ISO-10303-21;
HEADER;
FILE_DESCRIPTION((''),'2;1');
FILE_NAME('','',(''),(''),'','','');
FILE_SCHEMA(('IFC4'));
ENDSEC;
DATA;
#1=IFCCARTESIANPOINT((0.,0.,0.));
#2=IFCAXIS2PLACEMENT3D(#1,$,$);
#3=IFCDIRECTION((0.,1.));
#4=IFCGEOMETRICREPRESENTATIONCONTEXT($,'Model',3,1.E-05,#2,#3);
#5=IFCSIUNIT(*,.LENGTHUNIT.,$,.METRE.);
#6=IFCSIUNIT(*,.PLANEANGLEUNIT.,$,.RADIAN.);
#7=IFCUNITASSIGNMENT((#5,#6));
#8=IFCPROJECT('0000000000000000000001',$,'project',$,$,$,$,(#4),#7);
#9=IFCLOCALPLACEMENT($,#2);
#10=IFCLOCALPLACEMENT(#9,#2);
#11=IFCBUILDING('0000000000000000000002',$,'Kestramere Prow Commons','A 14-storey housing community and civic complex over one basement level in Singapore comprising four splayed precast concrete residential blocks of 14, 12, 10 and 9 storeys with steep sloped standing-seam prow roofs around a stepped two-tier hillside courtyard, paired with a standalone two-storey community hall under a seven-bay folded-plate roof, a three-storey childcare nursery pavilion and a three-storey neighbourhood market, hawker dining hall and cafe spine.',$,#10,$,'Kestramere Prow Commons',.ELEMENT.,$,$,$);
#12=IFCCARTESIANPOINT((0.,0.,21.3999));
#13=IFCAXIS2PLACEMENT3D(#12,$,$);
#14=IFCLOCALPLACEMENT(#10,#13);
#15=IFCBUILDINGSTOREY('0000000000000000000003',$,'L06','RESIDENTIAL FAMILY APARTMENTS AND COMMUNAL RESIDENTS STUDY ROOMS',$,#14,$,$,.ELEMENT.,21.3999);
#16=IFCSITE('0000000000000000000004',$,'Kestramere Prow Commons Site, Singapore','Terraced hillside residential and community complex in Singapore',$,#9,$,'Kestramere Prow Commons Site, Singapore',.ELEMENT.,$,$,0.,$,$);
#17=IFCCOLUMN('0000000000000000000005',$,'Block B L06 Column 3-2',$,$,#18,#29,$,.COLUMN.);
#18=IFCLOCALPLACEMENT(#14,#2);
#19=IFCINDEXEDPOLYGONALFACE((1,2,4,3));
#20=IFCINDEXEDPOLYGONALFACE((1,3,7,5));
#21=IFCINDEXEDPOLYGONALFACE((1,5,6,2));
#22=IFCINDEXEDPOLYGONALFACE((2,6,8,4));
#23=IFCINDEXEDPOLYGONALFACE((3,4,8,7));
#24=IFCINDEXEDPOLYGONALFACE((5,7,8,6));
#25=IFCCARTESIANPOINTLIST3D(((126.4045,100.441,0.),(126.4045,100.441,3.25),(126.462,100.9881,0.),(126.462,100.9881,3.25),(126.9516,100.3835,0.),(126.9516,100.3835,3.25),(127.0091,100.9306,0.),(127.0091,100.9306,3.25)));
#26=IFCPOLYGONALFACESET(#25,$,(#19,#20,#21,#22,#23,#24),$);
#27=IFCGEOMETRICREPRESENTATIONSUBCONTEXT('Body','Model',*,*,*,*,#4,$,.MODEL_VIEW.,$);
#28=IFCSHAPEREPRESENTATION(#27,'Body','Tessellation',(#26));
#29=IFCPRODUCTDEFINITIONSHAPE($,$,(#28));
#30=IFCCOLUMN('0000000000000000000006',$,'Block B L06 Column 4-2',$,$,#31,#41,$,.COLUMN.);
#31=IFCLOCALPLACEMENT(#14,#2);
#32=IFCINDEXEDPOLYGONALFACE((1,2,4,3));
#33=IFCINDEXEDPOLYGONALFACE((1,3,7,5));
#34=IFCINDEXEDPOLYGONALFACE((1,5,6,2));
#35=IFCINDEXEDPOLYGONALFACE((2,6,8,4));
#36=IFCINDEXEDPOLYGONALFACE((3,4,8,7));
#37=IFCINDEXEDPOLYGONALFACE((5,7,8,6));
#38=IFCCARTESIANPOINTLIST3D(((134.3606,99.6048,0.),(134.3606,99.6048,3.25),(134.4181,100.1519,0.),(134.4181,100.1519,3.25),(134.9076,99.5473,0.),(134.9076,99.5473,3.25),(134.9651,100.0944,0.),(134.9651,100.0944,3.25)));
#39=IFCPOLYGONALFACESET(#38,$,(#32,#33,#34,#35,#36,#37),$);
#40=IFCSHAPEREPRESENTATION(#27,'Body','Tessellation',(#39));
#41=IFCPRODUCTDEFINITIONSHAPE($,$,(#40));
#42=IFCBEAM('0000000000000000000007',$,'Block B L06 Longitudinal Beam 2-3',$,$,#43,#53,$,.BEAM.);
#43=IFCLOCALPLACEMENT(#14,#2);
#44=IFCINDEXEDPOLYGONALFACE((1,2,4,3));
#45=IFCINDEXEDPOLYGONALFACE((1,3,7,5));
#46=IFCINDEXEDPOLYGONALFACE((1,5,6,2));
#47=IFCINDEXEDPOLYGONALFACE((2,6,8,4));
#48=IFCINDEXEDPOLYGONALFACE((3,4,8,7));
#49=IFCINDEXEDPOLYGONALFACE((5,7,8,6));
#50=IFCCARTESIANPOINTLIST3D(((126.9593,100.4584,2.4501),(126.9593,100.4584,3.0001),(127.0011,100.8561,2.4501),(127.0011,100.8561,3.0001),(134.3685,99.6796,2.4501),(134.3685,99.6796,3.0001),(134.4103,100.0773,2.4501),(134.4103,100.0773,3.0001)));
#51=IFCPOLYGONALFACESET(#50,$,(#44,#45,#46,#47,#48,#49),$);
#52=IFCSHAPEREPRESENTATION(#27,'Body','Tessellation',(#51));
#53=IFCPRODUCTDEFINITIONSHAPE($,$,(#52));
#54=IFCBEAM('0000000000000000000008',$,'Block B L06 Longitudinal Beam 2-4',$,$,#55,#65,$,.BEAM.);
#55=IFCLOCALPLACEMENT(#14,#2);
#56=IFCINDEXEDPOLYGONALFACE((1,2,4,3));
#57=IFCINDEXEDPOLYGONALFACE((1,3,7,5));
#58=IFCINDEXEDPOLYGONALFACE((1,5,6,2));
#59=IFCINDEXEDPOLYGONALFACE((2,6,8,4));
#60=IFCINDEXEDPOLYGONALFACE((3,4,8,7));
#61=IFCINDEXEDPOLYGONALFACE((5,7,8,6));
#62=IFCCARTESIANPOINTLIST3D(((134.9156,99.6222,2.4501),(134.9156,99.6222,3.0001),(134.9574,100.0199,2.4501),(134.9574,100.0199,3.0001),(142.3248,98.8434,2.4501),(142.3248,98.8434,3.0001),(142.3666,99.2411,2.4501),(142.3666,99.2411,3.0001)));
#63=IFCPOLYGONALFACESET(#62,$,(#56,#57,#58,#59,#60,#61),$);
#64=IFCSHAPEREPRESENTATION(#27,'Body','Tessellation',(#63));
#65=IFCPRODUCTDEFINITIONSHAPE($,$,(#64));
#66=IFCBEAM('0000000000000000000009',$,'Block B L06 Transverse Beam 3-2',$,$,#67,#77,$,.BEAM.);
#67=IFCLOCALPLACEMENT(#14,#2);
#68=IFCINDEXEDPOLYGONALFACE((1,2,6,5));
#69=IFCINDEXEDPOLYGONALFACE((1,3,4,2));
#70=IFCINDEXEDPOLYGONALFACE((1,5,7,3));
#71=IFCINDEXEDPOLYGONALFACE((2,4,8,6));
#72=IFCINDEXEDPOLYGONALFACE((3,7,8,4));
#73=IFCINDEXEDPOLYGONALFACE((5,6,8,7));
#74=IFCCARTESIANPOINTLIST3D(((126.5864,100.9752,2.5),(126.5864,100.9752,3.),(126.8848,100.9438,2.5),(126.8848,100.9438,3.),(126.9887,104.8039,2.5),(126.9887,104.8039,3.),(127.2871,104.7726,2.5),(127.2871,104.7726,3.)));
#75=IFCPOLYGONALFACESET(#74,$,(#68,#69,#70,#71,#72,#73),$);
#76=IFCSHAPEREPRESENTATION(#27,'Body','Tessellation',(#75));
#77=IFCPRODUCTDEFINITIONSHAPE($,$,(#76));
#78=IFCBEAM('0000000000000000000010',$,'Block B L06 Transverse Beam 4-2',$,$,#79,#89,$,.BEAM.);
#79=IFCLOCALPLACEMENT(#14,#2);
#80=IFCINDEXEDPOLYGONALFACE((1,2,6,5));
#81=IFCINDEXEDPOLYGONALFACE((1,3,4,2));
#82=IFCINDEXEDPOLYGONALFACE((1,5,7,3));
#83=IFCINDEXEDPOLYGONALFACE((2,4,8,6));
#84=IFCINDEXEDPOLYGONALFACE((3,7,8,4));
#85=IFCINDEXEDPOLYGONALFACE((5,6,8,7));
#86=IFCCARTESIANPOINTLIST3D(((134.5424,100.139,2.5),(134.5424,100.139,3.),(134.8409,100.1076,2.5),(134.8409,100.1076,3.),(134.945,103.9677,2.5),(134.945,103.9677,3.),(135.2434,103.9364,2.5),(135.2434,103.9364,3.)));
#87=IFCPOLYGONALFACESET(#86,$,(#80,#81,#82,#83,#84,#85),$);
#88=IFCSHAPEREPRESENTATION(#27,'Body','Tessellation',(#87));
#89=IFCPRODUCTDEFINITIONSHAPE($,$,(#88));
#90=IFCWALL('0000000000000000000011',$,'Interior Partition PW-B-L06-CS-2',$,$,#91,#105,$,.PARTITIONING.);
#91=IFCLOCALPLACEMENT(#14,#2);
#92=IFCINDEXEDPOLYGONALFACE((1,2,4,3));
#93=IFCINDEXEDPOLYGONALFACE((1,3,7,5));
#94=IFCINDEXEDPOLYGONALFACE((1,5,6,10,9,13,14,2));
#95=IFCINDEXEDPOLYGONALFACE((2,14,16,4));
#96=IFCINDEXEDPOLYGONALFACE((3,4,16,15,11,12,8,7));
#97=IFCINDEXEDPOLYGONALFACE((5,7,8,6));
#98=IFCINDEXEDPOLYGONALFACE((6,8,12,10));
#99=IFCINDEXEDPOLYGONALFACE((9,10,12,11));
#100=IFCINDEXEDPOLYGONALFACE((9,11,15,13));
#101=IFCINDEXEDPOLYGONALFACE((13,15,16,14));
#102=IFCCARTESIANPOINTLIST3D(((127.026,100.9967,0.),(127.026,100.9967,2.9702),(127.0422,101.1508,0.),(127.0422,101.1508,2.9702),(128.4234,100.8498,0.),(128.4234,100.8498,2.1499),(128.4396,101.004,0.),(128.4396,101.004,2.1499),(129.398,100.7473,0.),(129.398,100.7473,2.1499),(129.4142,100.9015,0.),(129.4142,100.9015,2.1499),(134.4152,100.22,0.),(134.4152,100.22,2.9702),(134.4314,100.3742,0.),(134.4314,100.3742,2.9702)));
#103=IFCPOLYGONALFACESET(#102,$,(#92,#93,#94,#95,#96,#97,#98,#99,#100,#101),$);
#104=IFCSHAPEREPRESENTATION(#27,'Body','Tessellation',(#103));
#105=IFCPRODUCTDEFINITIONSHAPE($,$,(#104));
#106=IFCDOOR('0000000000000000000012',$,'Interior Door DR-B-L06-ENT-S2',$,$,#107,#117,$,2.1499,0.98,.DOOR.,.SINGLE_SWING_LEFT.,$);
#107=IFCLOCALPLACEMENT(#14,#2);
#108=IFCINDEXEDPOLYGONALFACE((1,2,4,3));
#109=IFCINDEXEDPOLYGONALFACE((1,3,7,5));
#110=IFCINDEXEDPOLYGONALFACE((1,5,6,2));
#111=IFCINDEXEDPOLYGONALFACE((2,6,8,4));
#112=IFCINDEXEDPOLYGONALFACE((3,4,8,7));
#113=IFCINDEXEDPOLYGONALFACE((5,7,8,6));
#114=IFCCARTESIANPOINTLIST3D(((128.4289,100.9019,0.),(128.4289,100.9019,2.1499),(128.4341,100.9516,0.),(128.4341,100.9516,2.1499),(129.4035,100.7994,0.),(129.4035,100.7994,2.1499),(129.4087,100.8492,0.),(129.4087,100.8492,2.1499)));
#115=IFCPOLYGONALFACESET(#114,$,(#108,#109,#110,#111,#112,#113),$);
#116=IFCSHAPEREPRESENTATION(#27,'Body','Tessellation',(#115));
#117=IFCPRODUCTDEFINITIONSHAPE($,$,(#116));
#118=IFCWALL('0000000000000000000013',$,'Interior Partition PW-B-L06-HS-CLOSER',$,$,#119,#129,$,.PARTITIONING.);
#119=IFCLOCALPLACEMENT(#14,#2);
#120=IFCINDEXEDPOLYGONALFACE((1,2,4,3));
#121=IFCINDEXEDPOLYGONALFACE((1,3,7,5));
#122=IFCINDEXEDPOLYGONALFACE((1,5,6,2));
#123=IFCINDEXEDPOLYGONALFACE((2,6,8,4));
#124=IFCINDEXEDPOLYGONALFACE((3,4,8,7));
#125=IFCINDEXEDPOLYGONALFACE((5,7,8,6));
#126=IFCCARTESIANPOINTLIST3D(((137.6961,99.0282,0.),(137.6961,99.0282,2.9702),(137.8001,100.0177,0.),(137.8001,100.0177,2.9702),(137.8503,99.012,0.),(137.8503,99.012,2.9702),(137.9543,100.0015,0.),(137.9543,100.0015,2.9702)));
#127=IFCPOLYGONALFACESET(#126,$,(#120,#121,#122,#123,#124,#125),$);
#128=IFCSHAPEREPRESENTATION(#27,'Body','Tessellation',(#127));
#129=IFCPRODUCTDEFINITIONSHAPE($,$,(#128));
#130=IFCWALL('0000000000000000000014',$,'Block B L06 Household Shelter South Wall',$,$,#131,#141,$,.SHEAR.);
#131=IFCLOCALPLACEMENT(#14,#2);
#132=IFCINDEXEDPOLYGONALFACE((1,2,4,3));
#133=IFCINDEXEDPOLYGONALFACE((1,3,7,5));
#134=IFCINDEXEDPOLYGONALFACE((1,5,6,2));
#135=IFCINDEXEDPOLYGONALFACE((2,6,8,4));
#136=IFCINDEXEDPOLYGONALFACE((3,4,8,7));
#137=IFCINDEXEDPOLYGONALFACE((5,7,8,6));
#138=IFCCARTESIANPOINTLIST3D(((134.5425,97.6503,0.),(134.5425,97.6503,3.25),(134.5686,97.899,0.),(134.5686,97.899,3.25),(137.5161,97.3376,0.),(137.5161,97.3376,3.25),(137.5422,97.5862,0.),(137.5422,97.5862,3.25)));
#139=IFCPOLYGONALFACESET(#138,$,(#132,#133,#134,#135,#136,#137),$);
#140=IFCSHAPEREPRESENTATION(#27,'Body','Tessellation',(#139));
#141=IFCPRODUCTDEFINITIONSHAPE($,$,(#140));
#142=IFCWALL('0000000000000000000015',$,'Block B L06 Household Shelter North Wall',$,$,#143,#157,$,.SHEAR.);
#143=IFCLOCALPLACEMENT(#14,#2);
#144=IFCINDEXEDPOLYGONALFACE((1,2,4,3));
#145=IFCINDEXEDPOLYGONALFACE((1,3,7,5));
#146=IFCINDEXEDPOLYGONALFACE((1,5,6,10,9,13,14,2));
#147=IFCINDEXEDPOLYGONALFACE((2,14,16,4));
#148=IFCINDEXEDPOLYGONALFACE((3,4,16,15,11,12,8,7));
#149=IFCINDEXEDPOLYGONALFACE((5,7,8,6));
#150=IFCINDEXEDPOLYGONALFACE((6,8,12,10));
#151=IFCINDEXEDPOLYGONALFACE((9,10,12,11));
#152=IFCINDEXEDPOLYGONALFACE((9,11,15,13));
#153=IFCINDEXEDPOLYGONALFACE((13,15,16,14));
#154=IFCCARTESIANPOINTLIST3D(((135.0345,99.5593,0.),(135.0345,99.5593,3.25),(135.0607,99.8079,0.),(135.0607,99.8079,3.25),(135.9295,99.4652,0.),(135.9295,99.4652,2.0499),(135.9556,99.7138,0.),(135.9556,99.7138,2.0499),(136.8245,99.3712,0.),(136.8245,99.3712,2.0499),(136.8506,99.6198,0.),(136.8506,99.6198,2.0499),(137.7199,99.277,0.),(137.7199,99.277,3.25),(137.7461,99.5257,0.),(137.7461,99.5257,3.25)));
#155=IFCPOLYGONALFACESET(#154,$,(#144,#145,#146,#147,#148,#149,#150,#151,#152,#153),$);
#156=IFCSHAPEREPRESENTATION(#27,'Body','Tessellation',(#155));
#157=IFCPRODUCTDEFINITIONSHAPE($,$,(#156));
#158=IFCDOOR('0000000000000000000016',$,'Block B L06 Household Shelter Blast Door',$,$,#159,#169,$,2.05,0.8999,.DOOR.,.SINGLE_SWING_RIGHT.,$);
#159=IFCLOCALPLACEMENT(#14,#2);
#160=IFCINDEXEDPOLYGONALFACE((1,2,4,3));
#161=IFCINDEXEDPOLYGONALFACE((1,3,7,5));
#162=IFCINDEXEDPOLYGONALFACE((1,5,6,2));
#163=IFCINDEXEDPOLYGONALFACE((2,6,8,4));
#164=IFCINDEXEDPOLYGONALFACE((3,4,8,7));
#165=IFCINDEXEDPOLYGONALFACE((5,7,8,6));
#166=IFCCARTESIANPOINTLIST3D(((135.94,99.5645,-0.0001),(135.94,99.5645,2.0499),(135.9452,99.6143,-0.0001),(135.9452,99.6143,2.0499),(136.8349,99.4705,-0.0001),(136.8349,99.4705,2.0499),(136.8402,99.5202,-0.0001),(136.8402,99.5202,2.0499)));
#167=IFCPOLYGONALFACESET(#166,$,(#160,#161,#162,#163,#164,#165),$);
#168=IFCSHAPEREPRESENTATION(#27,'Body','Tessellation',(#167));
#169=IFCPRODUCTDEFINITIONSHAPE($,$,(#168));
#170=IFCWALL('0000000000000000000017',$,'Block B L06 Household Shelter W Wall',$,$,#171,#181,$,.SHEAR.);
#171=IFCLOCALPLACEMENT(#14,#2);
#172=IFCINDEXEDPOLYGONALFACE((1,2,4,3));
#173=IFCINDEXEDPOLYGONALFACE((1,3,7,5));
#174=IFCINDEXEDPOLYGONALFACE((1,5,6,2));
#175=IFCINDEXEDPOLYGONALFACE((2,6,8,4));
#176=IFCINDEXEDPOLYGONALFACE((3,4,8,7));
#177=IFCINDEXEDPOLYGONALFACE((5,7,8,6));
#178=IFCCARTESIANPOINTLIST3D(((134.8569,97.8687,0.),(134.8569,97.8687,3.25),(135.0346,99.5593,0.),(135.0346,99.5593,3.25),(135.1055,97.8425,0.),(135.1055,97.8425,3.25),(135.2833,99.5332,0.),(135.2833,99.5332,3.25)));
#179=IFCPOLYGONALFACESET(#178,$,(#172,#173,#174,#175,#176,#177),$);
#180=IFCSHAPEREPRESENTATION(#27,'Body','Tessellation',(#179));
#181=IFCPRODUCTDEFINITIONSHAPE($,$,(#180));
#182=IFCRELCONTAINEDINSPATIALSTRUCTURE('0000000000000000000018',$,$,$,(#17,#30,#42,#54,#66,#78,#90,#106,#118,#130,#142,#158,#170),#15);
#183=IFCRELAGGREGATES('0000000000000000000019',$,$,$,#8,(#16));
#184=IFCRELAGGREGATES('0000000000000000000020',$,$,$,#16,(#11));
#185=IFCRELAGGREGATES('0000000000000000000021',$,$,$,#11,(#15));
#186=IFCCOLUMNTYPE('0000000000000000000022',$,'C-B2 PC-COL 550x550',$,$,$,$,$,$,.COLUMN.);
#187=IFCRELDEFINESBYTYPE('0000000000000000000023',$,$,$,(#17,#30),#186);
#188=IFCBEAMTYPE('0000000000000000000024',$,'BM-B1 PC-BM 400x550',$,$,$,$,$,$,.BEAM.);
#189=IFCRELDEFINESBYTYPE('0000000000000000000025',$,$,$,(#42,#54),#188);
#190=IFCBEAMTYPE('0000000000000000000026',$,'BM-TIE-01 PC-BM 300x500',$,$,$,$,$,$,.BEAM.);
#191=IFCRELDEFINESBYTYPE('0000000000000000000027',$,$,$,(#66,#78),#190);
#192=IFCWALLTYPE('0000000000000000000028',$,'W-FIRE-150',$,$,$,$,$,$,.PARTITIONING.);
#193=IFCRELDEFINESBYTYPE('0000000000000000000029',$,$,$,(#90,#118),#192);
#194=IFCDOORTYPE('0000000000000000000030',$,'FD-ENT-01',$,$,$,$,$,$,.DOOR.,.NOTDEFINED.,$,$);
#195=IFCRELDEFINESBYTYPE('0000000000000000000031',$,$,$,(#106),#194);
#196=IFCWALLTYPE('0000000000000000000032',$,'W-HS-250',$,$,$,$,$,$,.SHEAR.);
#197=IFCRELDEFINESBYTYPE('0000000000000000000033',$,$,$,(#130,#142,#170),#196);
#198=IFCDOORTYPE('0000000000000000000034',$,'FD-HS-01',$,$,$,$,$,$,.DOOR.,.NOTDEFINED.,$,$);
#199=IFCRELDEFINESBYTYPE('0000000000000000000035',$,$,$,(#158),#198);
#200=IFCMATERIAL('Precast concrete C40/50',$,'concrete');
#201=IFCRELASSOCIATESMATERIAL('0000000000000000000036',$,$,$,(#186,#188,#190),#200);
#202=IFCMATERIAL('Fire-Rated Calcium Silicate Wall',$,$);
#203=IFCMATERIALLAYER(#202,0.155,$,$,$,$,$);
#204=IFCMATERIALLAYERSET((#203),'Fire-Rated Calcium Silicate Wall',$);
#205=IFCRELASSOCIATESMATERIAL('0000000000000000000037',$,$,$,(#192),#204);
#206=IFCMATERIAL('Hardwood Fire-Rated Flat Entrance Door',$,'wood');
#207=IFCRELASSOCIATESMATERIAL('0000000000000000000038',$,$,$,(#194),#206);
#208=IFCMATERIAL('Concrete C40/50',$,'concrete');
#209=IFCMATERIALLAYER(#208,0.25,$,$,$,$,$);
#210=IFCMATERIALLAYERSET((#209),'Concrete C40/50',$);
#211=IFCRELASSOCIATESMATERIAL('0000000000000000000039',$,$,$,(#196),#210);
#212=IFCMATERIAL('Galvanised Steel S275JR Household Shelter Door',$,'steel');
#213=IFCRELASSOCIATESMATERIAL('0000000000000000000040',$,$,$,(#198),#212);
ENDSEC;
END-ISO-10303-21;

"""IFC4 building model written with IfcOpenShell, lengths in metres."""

from ifc_helpers import new_model, si_unit, direction, frame, frame_2d, origin, origin_2d, place, context, subcontext, project, spatial, rectangle, extrude, material, layer, layer_set, material_profile, profile_set, type_object, element, fill, save


model = new_model("IFC4")

# Units and contexts
model_context = context("Model", 3, precision=1e-05, world=origin(), true_north=direction((0.0, 1.0)))
body_context = subcontext(model_context, "Body", "Model", "MODEL_VIEW")
ifc_project = project(units=[si_unit("LENGTHUNIT", "METRE"), si_unit("PLANEANGLEUNIT", "RADIAN")], contexts=[model_context])

# Site, building, storey
site_placement = place(None, origin())
site = spatial("IfcSite", under=ifc_project, at=site_placement, Name="Kestramere Prow Commons Site, Singapore", Description="Terraced hillside residential and community complex in Singapore", LongName="Kestramere Prow Commons Site, Singapore", CompositionType="ELEMENT", RefElevation=0.0)
building_placement = place(site_placement, origin())
building = spatial("IfcBuilding", under=site, at=building_placement, Name="Kestramere Prow Commons", Description="A 14-storey housing community and civic complex over one basement level in Singapore comprising four splayed precast concrete residential blocks of 14, 12, 10 and 9 storeys with steep sloped standing-seam prow roofs around a stepped two-tier hillside courtyard, paired with a standalone two-storey community hall under a seven-bay folded-plate roof, a three-storey childcare nursery pavilion and a three-storey neighbourhood market, hawker dining hall and cafe spine.", LongName="Kestramere Prow Commons", CompositionType="ELEMENT")
storey_placement = place(building_placement, frame((0.0, 0.0, 21.3999)))
storey = spatial("IfcBuildingStorey", under=building, at=storey_placement, Name="L06", Description="RESIDENTIAL FAMILY APARTMENTS AND COMMUNAL RESIDENTS STUDY ROOMS", CompositionType="ELEMENT", Elevation=21.3999)

# Columns
ifc_material_1 = material(Name="Precast concrete C40/50", Category="concrete")
ifc_material_profile_1 = material_profile(ifc_material_1, rectangle(XDim=0.55, YDim=0.55, at=origin_2d()), Name="PC-COL 550x550")
ifc_profile_set_1 = profile_set([ifc_material_profile_1], Name="Precast concrete C40/50")
column_type = type_object("IfcColumnType", Name="C-B2 PC-COL 550x550", PredefinedType="COLUMN", material=ifc_profile_set_1)
for number, where, z_axis, x_axis, name in (
    (1, (126.7068, 100.6858, 0.0), (0.0, 0.0, 1.0), (0.994522, -0.104528, 0.0), "Block B L06 Column 3-2"),
    (2, (134.6628, 99.8496, 0.0), (0.0, 0.0, 1.0), (0.994522, -0.104528, 0.0), "Block B L06 Column 4-2"),
):
    element("IfcColumn", number, at=place(storey_placement, frame(where, z_axis=z_axis, x_axis=x_axis)), inside=storey, type_object=column_type, Name=name, PredefinedType="COLUMN", context=body_context, shape_type="SweptSolid", body=[
        extrude(rectangle(XDim=0.55, YDim=0.55, at=origin_2d()), origin(), (0.0, 0.0, 1.0), 3.25),
    ])

# Beams
ifc_material_profile_2 = material_profile(ifc_material_1, rectangle(XDim=0.3999, YDim=0.55, at=origin_2d()), Name="PC-BM 400x550")
ifc_profile_set_2 = profile_set([ifc_material_profile_2], Name="Precast concrete C40/50")
beam_type_1 = type_object("IfcBeamType", Name="BM-B1 PC-BM 400x550", PredefinedType="BEAM", material=ifc_profile_set_2)
for number, where, z_axis, x_axis, name in (
    (3, (126.9802, 100.6572, 2.7251), (0.994521, -0.104538, 0.0), (0.104538, 0.994521, 0.0), "Block B L06 Longitudinal Beam 2-3"),
    (4, (134.9365, 99.821, 2.7251), (0.994521, -0.104538, 0.0), (0.104538, 0.994521, 0.0), "Block B L06 Longitudinal Beam 2-4"),
):
    element("IfcBeam", number, at=place(storey_placement, frame(where, z_axis=z_axis, x_axis=x_axis)), inside=storey, type_object=beam_type_1, Name=name, PredefinedType="BEAM", context=body_context, shape_type="SweptSolid", body=[
        extrude(rectangle(XDim=0.3999, YDim=0.55, at=origin_2d()), origin(), (0.0, 0.0, 1.0), 7.45),
    ])
ifc_material_profile_3 = material_profile(ifc_material_1, rectangle(XDim=0.3, YDim=0.5, at=origin_2d()), Name="PC-BM 300x500")
ifc_profile_set_3 = profile_set([ifc_material_profile_3], Name="Precast concrete C40/50")
beam_type_2 = type_object("IfcBeamType", Name="BM-TIE-01 PC-BM 300x500", PredefinedType="BEAM", material=ifc_profile_set_3)
for number, where, z_axis, x_axis, name in (
    (5, (126.7356, 100.9595, 2.75), (0.104507, 0.994524, 0.0), (-0.994524, 0.104507, 0.0), "Block B L06 Transverse Beam 3-2"),
    (6, (134.6917, 100.1233, 2.75), (0.104569, 0.994518, 0.0), (-0.994518, 0.104569, 0.0), "Block B L06 Transverse Beam 4-2"),
):
    element("IfcBeam", number, at=place(storey_placement, frame(where, z_axis=z_axis, x_axis=x_axis)), inside=storey, type_object=beam_type_2, Name=name, PredefinedType="BEAM", context=body_context, shape_type="SweptSolid", body=[
        extrude(rectangle(XDim=0.3, YDim=0.5, at=origin_2d()), origin(), (0.0, 0.0, 1.0), 3.8499),
    ])

# Wall, opening, door
ifc_material_2 = material(Name="Fire-Rated Calcium Silicate Wall")
ifc_layer_1 = layer(ifc_material_2, 0.155)
ifc_layer_set_1 = layer_set([ifc_layer_1], Name="Fire-Rated Calcium Silicate Wall")
wall_type_1 = type_object("IfcWallType", Name="W-FIRE-150", PredefinedType="PARTITIONING", material=ifc_layer_set_1)
wall_1_placement = place(storey_placement, frame((127.0342, 101.0737, 0.0), z_axis=(0.0, 0.0, 1.0), x_axis=(0.994522, -0.104526, 0.0)))
wall_1 = element("IfcWall", 7, at=wall_1_placement, inside=storey, type_object=wall_type_1, Name="Interior Partition PW-B-L06-CS-2", PredefinedType="PARTITIONING", context=body_context, shape_type="SweptSolid", body=[
    extrude(rectangle(XDim=7.4299, YDim=0.155, at=frame_2d((3.7148, 0.0))), origin(), (0.0, 0.0, 1.0), 2.9702),
])
opening_1_placement = place(wall_1_placement, frame((1.405, 0.0, 0.0)))
opening_1 = element("IfcOpeningElement", 8, at=opening_1_placement, cuts=wall_1, PredefinedType="OPENING", context=body_context, shape_type="SweptSolid", body=[
    extrude(rectangle(XDim=0.98, YDim=2.1499, at=frame_2d((0.49, 1.075))), frame((0.0, 0.0925, 0.0), z_axis=(0.0, -1.0, 0.0), x_axis=(1.0, 0.0, 0.0)), (0.0, 0.0, 1.0), 0.1851),
])
ifc_material_3 = material(Name="Hardwood Fire-Rated Flat Entrance Door", Category="wood")
door_type_1 = type_object("IfcDoorType", Name="FD-ENT-01", OperationType="NOTDEFINED", PredefinedType="DOOR", material=ifc_material_3)
door_1_placement = place(opening_1_placement, origin())
door_1 = element("IfcDoor", 9, at=door_1_placement, inside=storey, type_object=door_type_1, Name="Interior Door DR-B-L06-ENT-S2", OperationType="SINGLE_SWING_LEFT", OverallHeight=2.1499, OverallWidth=0.98, PredefinedType="DOOR", context=body_context, shape_type="SweptSolid", body=[
    extrude(rectangle(XDim=0.98, YDim=2.1499, at=frame_2d((0.49, 1.075))), frame((0.0, 0.0249, 0.0), z_axis=(0.0, -1.0, 0.0), x_axis=(1.0, 0.0, 0.0)), (0.0, 0.0, 1.0), 0.05),
])
fill(opening_1, door_1)

# Wall
wall_2_placement = place(storey_placement, frame((137.7732, 99.02, 0.0), z_axis=(0.0, 0.0, 1.0), x_axis=(0.104532, 0.994522, 0.0)))
element("IfcWall", 10, at=wall_2_placement, inside=storey, type_object=wall_type_1, Name="Interior Partition PW-B-L06-HS-CLOSER", PredefinedType="PARTITIONING", context=body_context, shape_type="SweptSolid", body=[
    extrude(rectangle(XDim=0.9949, YDim=0.155, at=frame_2d((0.4976, 0.0))), origin(), (0.0, 0.0, 1.0), 2.9702),
])

# Wall
ifc_material_4 = material(Name="Concrete C40/50", Category="concrete")
ifc_layer_2 = layer(ifc_material_4, 0.25)
ifc_layer_set_2 = layer_set([ifc_layer_2], Name="Concrete C40/50")
wall_type_2 = type_object("IfcWallType", Name="W-HS-250", PredefinedType="SHEAR", material=ifc_layer_set_2)
wall_3_placement = place(storey_placement, frame((134.5554, 97.7747, 0.0), z_axis=(0.0, 0.0, 1.0), x_axis=(0.994515, -0.104596, 0.0)))
element("IfcWall", 11, at=wall_3_placement, inside=storey, type_object=wall_type_2, Name="Block B L06 Household Shelter South Wall", PredefinedType="SHEAR", context=body_context, shape_type="SweptSolid", body=[
    extrude(rectangle(XDim=2.99, YDim=0.25, at=frame_2d((1.4951, 0.0))), origin(), (0.0, 0.0, 1.0), 3.25),
])

# Wall, opening, door
wall_4_placement = place(storey_placement, frame((135.0476, 99.6836, 0.0), z_axis=(0.0, 0.0, 1.0), x_axis=(0.994522, -0.104525, 0.0)))
wall_4 = element("IfcWall", 12, at=wall_4_placement, inside=storey, type_object=wall_type_2, Name="Block B L06 Household Shelter North Wall", PredefinedType="SHEAR", context=body_context, shape_type="SweptSolid", body=[
    extrude(rectangle(XDim=2.7002, YDim=0.25, at=frame_2d((1.3501, 0.0))), origin(), (0.0, 0.0, 1.0), 3.25),
])
opening_2_placement = place(wall_4_placement, frame((0.8999, 0.0, 0.0)))
opening_2 = element("IfcOpeningElement", 13, at=opening_2_placement, cuts=wall_4, PredefinedType="OPENING", context=body_context, shape_type="SweptSolid", body=[
    extrude(rectangle(XDim=0.8999, YDim=2.05, at=frame_2d((0.45, 1.0249))), frame((0.0, 0.1399, 0.0), z_axis=(0.0, -1.0, 0.0), x_axis=(1.0, 0.0, 0.0)), (0.0, 0.0, 1.0), 0.28),
])
ifc_material_5 = material(Name="Galvanised Steel S275JR Household Shelter Door", Category="steel")
door_type_2 = type_object("IfcDoorType", Name="FD-HS-01", OperationType="NOTDEFINED", PredefinedType="DOOR", material=ifc_material_5)
door_2_placement = place(opening_2_placement, origin())
door_2 = element("IfcDoor", 14, at=door_2_placement, inside=storey, type_object=door_type_2, Name="Block B L06 Household Shelter Blast Door", OperationType="SINGLE_SWING_RIGHT", OverallHeight=2.05, OverallWidth=0.8999, PredefinedType="DOOR", context=body_context, shape_type="SweptSolid", body=[
    extrude(rectangle(XDim=0.8999, YDim=2.05, at=frame_2d((0.45, 1.0249))), frame((0.0, 0.0249, 0.0), z_axis=(0.0, -1.0, 0.0), x_axis=(1.0, 0.0, 0.0)), (0.0, 0.0, 1.0), 0.05),
])
fill(opening_2, door_2)

# Wall
for number, where, z_axis, x_axis, name in (
    (15, (134.9812, 97.8555, 0.0), (0.0, 0.0, 1.0), (0.10455, 0.99452, 0.0), "Block B L06 Household Shelter W Wall"),
):
    element("IfcWall", number, at=place(storey_placement, frame(where, z_axis=z_axis, x_axis=x_axis)), inside=storey, type_object=wall_type_2, Name=name, PredefinedType="SHEAR", context=body_context, shape_type="SweptSolid", body=[
        extrude(rectangle(XDim=1.7, YDim=0.25, at=frame_2d((0.8501, 0.0))), origin(), (0.0, 0.0, 1.0), 3.25),
    ])

save(model, "model.ifc")
